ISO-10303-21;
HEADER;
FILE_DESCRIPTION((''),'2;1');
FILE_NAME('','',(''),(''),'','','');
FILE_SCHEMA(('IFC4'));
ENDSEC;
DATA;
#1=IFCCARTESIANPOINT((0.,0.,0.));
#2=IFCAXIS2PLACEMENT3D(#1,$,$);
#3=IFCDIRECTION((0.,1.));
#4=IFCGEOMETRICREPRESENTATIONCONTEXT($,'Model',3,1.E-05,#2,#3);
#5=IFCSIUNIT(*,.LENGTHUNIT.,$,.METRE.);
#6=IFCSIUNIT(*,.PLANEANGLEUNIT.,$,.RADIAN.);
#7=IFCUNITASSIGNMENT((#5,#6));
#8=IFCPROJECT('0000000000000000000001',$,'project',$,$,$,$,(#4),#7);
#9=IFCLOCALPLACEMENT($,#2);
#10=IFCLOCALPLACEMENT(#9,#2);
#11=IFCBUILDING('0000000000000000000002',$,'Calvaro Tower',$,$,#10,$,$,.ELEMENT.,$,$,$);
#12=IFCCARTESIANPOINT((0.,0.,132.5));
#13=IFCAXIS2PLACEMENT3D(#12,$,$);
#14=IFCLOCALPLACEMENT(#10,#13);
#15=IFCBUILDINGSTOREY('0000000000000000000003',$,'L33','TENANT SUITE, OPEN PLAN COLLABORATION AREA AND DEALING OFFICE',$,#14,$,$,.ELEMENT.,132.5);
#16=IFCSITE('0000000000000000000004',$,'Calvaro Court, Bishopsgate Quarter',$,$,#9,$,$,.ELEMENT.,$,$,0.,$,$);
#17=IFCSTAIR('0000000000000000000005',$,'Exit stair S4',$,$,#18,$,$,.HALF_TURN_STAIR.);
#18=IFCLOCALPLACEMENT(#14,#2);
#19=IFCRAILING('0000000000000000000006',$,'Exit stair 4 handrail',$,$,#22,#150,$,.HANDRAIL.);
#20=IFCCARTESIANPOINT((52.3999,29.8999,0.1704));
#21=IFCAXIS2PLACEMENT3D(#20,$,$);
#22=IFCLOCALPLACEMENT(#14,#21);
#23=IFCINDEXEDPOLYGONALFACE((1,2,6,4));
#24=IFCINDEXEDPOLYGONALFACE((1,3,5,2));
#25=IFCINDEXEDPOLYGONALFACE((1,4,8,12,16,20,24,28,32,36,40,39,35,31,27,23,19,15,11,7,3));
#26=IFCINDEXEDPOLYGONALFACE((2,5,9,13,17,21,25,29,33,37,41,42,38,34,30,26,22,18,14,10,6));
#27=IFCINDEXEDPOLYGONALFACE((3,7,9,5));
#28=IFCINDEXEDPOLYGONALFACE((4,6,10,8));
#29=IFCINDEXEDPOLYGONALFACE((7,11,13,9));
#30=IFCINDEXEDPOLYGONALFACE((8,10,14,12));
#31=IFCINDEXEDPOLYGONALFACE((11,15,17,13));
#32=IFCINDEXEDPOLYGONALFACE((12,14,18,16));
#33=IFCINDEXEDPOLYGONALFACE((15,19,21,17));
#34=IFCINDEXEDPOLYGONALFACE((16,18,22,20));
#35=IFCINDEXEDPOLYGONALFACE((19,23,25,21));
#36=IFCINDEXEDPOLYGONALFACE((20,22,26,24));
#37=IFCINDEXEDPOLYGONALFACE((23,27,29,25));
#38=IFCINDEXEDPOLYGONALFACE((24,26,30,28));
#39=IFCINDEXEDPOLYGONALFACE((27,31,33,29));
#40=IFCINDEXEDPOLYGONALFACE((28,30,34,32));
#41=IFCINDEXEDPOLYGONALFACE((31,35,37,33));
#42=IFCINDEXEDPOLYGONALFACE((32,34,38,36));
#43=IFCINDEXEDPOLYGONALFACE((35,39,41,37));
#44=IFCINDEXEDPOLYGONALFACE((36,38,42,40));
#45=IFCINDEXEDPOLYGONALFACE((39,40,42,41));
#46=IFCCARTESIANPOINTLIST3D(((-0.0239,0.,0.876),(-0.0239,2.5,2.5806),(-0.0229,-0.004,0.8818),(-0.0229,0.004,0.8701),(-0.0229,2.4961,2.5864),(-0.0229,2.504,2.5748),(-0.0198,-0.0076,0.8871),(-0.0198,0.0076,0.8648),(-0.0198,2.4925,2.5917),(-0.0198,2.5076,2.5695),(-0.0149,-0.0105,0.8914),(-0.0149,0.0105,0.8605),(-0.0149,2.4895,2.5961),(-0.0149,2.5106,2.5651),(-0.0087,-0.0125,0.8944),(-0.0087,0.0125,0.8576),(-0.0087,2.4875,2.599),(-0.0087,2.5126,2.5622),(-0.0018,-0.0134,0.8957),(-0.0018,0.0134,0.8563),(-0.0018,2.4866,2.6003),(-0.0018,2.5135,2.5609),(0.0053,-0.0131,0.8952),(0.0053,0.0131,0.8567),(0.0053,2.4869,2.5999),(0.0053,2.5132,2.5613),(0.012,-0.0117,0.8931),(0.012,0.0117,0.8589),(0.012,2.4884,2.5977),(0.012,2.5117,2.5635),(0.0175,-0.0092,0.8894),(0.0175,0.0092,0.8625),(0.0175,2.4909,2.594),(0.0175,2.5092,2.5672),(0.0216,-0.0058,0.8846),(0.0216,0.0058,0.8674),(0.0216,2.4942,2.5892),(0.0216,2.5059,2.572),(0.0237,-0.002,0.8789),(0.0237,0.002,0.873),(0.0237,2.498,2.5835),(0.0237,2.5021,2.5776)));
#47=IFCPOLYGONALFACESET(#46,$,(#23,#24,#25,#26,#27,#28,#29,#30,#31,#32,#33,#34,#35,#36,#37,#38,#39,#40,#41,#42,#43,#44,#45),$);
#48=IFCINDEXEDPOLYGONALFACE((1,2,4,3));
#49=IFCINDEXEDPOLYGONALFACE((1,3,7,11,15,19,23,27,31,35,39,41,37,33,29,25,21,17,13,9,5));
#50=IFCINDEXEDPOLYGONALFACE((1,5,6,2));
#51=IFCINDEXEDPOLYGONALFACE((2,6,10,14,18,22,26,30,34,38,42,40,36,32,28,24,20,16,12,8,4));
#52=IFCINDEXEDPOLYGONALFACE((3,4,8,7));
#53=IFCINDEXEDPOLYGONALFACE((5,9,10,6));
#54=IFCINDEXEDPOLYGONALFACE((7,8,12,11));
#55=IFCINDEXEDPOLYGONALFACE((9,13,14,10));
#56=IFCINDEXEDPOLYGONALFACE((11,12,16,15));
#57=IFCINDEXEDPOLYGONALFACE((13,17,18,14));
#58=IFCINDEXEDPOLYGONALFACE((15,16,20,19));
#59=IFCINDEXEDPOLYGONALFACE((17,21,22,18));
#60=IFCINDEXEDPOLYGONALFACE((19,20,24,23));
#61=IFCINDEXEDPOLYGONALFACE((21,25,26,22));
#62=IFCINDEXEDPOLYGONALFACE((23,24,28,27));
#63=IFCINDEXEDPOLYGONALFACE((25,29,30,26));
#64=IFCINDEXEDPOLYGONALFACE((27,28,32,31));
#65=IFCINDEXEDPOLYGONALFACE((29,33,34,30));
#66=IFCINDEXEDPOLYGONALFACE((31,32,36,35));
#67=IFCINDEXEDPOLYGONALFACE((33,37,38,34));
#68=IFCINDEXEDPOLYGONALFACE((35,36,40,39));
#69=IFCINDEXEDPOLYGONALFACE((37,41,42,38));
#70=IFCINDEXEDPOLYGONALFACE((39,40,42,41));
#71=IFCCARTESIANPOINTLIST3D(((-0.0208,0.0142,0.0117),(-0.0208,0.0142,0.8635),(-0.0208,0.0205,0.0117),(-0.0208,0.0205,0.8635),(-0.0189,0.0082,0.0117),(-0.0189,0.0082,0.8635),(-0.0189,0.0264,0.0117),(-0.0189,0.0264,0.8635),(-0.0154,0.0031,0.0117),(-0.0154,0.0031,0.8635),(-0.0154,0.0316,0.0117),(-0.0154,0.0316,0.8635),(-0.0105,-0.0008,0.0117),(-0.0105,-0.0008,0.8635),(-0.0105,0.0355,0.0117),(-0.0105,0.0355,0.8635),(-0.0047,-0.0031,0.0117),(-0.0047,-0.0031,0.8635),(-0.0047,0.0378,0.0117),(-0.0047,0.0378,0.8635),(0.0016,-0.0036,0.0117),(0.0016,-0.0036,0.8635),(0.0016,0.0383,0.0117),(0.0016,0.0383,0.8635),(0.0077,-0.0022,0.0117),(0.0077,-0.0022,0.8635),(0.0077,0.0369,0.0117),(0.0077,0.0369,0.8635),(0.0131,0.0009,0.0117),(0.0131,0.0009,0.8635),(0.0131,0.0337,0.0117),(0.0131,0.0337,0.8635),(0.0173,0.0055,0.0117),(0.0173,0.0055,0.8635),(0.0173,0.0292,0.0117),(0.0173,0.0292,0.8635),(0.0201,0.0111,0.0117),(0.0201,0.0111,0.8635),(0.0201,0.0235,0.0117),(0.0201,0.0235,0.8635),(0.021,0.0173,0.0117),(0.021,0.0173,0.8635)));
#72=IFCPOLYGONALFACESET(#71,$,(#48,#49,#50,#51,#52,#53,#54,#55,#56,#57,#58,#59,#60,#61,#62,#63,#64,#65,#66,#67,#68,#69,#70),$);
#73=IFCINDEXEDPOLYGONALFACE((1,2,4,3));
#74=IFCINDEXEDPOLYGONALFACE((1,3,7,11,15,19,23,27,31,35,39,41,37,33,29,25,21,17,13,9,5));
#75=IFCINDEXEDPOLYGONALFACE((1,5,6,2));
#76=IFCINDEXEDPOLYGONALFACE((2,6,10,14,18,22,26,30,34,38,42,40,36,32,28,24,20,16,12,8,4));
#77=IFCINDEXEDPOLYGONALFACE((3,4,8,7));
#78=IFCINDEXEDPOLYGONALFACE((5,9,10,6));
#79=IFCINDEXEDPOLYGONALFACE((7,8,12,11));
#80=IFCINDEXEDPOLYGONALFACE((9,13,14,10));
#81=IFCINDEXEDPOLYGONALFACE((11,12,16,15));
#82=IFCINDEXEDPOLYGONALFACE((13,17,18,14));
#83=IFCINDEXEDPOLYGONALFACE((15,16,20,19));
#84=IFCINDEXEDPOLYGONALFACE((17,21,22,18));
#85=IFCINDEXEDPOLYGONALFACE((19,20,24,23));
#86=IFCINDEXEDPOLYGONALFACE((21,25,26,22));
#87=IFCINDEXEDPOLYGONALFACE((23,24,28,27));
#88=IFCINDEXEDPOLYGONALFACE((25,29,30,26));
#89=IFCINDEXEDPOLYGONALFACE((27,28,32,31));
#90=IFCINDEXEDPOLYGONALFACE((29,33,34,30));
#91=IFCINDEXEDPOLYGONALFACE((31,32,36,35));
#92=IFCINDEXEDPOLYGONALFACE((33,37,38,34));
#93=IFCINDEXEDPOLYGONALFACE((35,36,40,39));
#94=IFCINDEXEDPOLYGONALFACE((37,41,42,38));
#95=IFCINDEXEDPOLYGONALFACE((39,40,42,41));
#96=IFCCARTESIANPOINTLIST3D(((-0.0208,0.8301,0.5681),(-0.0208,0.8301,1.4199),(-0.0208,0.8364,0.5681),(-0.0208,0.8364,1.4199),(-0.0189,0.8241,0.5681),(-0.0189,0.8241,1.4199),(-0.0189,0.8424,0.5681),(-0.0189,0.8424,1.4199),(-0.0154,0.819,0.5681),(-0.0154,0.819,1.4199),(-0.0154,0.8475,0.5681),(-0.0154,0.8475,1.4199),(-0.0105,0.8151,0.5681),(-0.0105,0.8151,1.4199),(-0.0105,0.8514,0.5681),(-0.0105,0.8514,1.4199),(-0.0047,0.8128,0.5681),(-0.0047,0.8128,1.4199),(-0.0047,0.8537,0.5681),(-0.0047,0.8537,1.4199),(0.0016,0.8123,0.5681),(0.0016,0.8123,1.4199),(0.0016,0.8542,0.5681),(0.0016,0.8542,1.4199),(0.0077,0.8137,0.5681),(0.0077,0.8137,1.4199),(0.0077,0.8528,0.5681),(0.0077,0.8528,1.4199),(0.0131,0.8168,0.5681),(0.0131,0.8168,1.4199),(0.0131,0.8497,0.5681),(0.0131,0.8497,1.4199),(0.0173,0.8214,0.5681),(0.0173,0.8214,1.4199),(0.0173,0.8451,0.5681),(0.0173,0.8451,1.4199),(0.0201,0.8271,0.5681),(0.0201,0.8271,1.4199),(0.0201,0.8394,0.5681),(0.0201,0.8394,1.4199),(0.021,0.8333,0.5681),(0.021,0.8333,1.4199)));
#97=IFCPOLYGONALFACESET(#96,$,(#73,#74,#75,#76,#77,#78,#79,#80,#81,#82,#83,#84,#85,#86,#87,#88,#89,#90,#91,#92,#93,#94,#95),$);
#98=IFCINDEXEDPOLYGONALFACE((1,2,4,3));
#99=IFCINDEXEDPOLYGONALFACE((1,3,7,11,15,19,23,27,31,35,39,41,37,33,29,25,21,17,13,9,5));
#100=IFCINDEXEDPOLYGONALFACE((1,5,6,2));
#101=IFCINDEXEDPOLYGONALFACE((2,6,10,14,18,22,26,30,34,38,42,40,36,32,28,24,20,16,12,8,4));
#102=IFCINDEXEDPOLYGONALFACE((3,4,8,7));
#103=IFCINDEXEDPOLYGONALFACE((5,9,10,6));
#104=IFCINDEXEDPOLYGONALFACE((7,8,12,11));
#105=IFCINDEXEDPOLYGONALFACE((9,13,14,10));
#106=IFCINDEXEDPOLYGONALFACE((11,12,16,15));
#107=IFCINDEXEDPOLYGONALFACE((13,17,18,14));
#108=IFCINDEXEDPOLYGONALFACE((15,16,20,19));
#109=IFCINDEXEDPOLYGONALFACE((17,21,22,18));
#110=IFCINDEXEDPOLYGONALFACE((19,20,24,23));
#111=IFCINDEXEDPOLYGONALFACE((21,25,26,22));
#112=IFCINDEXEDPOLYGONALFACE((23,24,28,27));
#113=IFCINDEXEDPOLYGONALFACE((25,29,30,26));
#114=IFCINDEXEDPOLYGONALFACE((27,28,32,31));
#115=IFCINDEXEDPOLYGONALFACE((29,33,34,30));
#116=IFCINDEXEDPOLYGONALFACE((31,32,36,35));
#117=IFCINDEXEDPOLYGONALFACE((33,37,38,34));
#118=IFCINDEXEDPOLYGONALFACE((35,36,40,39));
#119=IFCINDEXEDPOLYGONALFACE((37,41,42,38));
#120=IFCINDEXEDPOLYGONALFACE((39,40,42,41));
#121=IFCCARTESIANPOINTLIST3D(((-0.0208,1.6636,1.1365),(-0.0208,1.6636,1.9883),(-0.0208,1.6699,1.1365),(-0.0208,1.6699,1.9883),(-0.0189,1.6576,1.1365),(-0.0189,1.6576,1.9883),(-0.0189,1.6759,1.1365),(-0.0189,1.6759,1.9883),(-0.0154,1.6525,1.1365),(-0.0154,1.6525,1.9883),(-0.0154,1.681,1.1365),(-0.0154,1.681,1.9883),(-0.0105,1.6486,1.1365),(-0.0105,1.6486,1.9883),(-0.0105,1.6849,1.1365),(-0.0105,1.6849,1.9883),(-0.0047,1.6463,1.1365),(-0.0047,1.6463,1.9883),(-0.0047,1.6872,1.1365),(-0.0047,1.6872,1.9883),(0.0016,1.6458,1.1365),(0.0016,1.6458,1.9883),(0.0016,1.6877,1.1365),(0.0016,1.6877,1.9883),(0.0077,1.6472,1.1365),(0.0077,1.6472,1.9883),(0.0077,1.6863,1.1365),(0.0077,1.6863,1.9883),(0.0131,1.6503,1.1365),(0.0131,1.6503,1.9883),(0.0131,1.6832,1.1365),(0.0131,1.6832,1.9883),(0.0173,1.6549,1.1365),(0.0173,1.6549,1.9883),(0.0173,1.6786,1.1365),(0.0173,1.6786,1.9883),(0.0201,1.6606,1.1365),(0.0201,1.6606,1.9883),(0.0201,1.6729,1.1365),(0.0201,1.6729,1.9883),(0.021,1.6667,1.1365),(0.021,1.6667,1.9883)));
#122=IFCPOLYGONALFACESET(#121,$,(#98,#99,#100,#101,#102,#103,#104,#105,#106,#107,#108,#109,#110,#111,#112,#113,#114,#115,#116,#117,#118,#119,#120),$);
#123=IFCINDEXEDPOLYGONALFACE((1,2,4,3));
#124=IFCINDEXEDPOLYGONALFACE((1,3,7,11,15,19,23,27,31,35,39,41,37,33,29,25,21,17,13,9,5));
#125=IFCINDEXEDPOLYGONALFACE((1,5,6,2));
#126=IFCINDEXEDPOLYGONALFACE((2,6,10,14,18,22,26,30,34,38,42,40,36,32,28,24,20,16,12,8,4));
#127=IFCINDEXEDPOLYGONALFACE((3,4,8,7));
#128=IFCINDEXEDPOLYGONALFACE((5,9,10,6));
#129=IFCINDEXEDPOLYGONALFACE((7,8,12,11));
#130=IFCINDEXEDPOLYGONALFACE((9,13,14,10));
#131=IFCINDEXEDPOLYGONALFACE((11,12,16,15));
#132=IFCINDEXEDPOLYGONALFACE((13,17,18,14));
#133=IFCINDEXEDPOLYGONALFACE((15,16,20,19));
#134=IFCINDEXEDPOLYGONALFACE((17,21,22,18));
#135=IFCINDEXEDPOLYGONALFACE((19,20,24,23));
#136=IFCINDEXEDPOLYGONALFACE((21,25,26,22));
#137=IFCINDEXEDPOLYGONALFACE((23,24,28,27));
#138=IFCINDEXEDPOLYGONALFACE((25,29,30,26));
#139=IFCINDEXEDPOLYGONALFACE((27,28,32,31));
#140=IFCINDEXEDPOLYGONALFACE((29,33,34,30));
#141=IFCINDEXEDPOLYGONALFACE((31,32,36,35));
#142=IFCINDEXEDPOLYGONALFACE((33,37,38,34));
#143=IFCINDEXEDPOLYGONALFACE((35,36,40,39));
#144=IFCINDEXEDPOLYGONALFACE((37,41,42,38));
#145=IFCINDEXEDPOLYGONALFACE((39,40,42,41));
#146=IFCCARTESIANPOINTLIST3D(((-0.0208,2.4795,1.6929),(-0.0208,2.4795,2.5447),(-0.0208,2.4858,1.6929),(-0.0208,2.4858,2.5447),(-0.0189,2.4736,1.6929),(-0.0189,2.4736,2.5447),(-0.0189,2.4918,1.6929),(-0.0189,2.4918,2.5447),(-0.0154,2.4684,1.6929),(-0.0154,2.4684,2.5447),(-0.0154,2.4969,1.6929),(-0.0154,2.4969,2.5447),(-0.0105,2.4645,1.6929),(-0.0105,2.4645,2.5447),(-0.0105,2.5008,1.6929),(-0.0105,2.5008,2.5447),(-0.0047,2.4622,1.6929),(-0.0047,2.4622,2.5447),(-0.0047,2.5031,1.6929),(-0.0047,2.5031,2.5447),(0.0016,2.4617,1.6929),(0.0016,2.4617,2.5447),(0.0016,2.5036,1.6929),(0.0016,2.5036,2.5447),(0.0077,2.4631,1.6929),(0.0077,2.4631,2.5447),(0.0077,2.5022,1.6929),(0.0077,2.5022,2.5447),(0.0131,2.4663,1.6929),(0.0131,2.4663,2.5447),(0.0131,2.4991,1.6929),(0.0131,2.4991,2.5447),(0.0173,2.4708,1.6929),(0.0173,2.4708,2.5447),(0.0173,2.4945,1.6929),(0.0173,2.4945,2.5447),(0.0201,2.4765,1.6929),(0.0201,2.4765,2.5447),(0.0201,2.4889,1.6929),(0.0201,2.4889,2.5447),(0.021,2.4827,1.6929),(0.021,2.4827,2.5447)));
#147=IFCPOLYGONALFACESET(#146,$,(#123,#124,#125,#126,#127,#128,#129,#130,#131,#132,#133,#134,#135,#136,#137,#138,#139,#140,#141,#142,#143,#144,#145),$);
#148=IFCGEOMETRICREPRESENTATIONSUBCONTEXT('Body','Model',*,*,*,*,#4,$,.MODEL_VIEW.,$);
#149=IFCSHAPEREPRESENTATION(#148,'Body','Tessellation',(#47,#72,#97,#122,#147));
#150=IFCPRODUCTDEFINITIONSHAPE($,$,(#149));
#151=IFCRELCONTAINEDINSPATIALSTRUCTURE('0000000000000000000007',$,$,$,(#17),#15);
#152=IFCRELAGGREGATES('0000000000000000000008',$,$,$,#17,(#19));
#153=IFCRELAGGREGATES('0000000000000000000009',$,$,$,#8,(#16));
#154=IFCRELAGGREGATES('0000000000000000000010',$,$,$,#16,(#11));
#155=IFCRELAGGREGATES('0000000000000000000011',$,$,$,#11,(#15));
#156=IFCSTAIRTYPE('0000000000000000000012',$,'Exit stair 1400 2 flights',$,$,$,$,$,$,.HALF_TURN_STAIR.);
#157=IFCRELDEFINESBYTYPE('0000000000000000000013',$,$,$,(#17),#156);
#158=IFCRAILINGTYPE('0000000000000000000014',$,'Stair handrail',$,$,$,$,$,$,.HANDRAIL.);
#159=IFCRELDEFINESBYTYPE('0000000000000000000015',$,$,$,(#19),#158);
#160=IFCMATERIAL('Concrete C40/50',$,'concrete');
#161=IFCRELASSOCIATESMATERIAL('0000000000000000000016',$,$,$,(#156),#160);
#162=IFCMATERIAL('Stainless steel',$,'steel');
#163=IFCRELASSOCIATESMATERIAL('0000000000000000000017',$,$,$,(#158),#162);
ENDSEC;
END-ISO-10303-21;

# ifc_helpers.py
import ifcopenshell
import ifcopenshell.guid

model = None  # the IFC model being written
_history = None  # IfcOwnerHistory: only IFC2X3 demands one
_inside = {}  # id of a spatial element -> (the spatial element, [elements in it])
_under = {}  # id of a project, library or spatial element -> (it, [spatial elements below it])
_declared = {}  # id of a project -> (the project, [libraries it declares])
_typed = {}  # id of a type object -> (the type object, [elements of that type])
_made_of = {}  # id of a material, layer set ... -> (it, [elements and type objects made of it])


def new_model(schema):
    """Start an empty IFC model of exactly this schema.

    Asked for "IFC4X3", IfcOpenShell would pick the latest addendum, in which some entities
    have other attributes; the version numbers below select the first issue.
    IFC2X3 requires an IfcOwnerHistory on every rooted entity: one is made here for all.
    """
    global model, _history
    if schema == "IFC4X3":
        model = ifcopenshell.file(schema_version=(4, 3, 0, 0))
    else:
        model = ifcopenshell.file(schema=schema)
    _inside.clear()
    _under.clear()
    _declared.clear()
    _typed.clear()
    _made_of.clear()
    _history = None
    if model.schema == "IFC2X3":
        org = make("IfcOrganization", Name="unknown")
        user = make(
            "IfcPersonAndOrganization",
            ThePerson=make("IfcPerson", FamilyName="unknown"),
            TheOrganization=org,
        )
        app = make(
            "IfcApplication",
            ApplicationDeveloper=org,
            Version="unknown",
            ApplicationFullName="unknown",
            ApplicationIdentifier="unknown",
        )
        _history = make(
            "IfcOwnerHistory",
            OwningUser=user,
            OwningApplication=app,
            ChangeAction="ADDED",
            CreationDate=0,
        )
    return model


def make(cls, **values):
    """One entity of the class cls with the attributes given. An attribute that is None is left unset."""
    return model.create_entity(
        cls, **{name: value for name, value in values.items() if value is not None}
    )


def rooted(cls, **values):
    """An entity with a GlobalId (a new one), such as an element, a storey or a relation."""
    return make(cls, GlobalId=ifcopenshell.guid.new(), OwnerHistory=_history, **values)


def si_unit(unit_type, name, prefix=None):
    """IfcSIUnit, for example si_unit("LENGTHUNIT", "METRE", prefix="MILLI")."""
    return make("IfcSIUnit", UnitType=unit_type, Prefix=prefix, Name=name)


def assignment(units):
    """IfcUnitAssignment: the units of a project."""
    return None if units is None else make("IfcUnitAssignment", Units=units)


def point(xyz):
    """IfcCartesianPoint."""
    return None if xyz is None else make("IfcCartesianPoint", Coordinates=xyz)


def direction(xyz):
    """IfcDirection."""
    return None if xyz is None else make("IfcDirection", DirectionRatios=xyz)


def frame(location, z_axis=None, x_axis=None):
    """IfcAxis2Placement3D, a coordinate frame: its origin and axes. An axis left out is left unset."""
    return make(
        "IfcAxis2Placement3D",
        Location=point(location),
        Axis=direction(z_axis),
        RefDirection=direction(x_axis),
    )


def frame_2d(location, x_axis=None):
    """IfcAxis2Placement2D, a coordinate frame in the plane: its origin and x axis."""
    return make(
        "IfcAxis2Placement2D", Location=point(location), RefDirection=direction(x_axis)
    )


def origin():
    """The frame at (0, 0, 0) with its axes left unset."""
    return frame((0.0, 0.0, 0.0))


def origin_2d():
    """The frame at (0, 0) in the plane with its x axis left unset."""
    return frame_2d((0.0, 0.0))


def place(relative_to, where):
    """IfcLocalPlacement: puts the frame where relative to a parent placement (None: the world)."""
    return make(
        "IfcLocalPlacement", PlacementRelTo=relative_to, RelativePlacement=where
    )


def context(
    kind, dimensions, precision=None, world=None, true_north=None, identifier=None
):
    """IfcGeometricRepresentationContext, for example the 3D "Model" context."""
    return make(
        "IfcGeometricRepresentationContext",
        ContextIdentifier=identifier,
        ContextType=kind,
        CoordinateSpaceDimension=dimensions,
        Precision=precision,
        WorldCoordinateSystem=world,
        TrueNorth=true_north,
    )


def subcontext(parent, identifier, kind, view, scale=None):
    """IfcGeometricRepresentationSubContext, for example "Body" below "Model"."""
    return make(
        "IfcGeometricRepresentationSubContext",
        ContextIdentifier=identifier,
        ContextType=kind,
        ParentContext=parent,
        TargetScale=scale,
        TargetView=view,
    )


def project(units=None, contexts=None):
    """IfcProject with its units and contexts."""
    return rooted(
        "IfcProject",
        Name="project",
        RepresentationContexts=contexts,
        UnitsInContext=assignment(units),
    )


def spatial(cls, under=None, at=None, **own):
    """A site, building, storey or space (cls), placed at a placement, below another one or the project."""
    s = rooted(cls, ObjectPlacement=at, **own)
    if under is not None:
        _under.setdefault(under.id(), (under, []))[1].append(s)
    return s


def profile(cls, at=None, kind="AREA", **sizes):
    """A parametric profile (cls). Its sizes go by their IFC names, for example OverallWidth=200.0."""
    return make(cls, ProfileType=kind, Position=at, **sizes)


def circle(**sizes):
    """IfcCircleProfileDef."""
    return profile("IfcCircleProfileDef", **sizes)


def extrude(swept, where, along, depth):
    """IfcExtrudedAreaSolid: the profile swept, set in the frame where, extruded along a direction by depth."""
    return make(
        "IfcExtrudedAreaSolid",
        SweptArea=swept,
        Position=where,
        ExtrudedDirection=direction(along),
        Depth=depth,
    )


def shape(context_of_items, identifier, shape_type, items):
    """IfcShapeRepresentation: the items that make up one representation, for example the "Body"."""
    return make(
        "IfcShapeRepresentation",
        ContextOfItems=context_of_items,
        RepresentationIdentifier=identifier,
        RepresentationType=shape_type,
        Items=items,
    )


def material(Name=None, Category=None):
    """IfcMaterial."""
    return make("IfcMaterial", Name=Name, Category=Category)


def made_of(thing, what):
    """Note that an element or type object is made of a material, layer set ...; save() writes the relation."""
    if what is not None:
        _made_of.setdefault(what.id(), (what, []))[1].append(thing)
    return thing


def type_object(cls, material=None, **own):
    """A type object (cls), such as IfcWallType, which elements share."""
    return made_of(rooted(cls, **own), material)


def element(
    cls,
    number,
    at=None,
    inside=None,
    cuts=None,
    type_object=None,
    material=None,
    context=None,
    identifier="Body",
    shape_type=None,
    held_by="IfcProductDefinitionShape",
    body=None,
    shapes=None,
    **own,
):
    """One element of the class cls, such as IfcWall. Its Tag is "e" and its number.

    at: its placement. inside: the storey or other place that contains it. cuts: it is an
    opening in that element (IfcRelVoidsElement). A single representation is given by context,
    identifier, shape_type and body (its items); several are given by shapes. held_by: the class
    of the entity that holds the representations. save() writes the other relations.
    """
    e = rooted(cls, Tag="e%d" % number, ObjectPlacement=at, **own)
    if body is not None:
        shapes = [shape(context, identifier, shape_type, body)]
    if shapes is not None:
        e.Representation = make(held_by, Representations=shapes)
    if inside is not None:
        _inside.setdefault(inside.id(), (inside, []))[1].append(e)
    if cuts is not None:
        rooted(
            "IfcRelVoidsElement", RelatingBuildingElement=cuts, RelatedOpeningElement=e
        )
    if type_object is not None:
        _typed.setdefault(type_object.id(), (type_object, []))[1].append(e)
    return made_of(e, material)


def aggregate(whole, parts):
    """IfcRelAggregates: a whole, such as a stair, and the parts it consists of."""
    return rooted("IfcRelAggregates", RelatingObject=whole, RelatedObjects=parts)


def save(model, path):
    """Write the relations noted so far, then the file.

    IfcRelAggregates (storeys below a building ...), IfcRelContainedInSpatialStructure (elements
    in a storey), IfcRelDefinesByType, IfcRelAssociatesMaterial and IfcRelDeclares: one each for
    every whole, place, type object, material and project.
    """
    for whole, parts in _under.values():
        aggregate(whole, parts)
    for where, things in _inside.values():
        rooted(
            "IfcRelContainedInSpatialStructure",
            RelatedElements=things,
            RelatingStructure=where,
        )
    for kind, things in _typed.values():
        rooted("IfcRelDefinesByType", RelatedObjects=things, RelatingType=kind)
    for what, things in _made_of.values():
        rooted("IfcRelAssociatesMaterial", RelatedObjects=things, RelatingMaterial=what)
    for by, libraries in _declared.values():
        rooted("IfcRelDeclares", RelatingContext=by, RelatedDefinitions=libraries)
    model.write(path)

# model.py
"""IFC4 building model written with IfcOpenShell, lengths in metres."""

from ifc_helpers import new_model, si_unit, direction, frame, origin, origin_2d, place, context, subcontext, project, spatial, circle, extrude, material, type_object, element, aggregate, save


model = new_model("IFC4")

# Units and contexts
model_context = context("Model", 3, precision=1e-05, world=origin(), true_north=direction((0.0, 1.0)))
body_context = subcontext(model_context, "Body", "Model", "MODEL_VIEW")
ifc_project = project(units=[si_unit("LENGTHUNIT", "METRE"), si_unit("PLANEANGLEUNIT", "RADIAN")], contexts=[model_context])

# Site, building, storey
site_placement = place(None, origin())
site = spatial("IfcSite", under=ifc_project, at=site_placement, Name="Calvaro Court, Bishopsgate Quarter", CompositionType="ELEMENT", RefElevation=0.0)
building_placement = place(site_placement, origin())
building = spatial("IfcBuilding", under=site, at=building_placement, Name="Calvaro Tower", CompositionType="ELEMENT")
storey_placement = place(building_placement, frame((0.0, 0.0, 132.5)))
storey = spatial("IfcBuildingStorey", under=building, at=storey_placement, Name="L33", Description="TENANT SUITE, OPEN PLAN COLLABORATION AREA AND DEALING OFFICE", CompositionType="ELEMENT", Elevation=132.5)

# Stair
ifc_material_1 = material(Name="Concrete C40/50", Category="concrete")
stair_type = type_object("IfcStairType", Name="Exit stair 1400 2 flights", PredefinedType="HALF_TURN_STAIR", material=ifc_material_1)
stair_1_placement = place(storey_placement, origin())
stair_1 = element("IfcStair", 1, at=stair_1_placement, inside=storey, type_object=stair_type, Name="Exit stair S4", PredefinedType="HALF_TURN_STAIR")

# Railing
ifc_material_2 = material(Name="Stainless steel", Category="steel")
railing_type = type_object("IfcRailingType", Name="Stair handrail", PredefinedType="HANDRAIL", material=ifc_material_2)
railing_1_placement = place(storey_placement, frame((52.3999, 29.8999, 0.1704)))
railing_1 = element("IfcRailing", 2, at=railing_1_placement, type_object=railing_type, Name="Exit stair 4 handrail", PredefinedType="HANDRAIL", context=body_context, shape_type="SweptSolid", body=[
    extrude(circle(Radius=0.0239, at=origin_2d()), frame((0.0, 0.0, 0.876), z_axis=(0.0, 0.826221, 0.563347), x_axis=(-1.0, 0.0, 0.0)), (0.0, 0.0, 1.0), 3.0259),
    extrude(circle(Radius=0.021, at=origin_2d()), frame((0.0, 0.0173, 0.0117)), (0.0, 0.0, 1.0), 0.8518),
    extrude(circle(Radius=0.021, at=origin_2d()), frame((0.0, 0.8333, 0.5681)), (0.0, 0.0, 1.0), 0.8518),
    extrude(circle(Radius=0.021, at=origin_2d()), frame((0.0, 1.6667, 1.1365)), (0.0, 0.0, 1.0), 0.8518),
    extrude(circle(Radius=0.021, at=origin_2d()), frame((0.0, 2.4827, 1.6929)), (0.0, 0.0, 1.0), 0.8518),
])
aggregate(stair_1, [railing_1])

save(model, "model.ifc")
